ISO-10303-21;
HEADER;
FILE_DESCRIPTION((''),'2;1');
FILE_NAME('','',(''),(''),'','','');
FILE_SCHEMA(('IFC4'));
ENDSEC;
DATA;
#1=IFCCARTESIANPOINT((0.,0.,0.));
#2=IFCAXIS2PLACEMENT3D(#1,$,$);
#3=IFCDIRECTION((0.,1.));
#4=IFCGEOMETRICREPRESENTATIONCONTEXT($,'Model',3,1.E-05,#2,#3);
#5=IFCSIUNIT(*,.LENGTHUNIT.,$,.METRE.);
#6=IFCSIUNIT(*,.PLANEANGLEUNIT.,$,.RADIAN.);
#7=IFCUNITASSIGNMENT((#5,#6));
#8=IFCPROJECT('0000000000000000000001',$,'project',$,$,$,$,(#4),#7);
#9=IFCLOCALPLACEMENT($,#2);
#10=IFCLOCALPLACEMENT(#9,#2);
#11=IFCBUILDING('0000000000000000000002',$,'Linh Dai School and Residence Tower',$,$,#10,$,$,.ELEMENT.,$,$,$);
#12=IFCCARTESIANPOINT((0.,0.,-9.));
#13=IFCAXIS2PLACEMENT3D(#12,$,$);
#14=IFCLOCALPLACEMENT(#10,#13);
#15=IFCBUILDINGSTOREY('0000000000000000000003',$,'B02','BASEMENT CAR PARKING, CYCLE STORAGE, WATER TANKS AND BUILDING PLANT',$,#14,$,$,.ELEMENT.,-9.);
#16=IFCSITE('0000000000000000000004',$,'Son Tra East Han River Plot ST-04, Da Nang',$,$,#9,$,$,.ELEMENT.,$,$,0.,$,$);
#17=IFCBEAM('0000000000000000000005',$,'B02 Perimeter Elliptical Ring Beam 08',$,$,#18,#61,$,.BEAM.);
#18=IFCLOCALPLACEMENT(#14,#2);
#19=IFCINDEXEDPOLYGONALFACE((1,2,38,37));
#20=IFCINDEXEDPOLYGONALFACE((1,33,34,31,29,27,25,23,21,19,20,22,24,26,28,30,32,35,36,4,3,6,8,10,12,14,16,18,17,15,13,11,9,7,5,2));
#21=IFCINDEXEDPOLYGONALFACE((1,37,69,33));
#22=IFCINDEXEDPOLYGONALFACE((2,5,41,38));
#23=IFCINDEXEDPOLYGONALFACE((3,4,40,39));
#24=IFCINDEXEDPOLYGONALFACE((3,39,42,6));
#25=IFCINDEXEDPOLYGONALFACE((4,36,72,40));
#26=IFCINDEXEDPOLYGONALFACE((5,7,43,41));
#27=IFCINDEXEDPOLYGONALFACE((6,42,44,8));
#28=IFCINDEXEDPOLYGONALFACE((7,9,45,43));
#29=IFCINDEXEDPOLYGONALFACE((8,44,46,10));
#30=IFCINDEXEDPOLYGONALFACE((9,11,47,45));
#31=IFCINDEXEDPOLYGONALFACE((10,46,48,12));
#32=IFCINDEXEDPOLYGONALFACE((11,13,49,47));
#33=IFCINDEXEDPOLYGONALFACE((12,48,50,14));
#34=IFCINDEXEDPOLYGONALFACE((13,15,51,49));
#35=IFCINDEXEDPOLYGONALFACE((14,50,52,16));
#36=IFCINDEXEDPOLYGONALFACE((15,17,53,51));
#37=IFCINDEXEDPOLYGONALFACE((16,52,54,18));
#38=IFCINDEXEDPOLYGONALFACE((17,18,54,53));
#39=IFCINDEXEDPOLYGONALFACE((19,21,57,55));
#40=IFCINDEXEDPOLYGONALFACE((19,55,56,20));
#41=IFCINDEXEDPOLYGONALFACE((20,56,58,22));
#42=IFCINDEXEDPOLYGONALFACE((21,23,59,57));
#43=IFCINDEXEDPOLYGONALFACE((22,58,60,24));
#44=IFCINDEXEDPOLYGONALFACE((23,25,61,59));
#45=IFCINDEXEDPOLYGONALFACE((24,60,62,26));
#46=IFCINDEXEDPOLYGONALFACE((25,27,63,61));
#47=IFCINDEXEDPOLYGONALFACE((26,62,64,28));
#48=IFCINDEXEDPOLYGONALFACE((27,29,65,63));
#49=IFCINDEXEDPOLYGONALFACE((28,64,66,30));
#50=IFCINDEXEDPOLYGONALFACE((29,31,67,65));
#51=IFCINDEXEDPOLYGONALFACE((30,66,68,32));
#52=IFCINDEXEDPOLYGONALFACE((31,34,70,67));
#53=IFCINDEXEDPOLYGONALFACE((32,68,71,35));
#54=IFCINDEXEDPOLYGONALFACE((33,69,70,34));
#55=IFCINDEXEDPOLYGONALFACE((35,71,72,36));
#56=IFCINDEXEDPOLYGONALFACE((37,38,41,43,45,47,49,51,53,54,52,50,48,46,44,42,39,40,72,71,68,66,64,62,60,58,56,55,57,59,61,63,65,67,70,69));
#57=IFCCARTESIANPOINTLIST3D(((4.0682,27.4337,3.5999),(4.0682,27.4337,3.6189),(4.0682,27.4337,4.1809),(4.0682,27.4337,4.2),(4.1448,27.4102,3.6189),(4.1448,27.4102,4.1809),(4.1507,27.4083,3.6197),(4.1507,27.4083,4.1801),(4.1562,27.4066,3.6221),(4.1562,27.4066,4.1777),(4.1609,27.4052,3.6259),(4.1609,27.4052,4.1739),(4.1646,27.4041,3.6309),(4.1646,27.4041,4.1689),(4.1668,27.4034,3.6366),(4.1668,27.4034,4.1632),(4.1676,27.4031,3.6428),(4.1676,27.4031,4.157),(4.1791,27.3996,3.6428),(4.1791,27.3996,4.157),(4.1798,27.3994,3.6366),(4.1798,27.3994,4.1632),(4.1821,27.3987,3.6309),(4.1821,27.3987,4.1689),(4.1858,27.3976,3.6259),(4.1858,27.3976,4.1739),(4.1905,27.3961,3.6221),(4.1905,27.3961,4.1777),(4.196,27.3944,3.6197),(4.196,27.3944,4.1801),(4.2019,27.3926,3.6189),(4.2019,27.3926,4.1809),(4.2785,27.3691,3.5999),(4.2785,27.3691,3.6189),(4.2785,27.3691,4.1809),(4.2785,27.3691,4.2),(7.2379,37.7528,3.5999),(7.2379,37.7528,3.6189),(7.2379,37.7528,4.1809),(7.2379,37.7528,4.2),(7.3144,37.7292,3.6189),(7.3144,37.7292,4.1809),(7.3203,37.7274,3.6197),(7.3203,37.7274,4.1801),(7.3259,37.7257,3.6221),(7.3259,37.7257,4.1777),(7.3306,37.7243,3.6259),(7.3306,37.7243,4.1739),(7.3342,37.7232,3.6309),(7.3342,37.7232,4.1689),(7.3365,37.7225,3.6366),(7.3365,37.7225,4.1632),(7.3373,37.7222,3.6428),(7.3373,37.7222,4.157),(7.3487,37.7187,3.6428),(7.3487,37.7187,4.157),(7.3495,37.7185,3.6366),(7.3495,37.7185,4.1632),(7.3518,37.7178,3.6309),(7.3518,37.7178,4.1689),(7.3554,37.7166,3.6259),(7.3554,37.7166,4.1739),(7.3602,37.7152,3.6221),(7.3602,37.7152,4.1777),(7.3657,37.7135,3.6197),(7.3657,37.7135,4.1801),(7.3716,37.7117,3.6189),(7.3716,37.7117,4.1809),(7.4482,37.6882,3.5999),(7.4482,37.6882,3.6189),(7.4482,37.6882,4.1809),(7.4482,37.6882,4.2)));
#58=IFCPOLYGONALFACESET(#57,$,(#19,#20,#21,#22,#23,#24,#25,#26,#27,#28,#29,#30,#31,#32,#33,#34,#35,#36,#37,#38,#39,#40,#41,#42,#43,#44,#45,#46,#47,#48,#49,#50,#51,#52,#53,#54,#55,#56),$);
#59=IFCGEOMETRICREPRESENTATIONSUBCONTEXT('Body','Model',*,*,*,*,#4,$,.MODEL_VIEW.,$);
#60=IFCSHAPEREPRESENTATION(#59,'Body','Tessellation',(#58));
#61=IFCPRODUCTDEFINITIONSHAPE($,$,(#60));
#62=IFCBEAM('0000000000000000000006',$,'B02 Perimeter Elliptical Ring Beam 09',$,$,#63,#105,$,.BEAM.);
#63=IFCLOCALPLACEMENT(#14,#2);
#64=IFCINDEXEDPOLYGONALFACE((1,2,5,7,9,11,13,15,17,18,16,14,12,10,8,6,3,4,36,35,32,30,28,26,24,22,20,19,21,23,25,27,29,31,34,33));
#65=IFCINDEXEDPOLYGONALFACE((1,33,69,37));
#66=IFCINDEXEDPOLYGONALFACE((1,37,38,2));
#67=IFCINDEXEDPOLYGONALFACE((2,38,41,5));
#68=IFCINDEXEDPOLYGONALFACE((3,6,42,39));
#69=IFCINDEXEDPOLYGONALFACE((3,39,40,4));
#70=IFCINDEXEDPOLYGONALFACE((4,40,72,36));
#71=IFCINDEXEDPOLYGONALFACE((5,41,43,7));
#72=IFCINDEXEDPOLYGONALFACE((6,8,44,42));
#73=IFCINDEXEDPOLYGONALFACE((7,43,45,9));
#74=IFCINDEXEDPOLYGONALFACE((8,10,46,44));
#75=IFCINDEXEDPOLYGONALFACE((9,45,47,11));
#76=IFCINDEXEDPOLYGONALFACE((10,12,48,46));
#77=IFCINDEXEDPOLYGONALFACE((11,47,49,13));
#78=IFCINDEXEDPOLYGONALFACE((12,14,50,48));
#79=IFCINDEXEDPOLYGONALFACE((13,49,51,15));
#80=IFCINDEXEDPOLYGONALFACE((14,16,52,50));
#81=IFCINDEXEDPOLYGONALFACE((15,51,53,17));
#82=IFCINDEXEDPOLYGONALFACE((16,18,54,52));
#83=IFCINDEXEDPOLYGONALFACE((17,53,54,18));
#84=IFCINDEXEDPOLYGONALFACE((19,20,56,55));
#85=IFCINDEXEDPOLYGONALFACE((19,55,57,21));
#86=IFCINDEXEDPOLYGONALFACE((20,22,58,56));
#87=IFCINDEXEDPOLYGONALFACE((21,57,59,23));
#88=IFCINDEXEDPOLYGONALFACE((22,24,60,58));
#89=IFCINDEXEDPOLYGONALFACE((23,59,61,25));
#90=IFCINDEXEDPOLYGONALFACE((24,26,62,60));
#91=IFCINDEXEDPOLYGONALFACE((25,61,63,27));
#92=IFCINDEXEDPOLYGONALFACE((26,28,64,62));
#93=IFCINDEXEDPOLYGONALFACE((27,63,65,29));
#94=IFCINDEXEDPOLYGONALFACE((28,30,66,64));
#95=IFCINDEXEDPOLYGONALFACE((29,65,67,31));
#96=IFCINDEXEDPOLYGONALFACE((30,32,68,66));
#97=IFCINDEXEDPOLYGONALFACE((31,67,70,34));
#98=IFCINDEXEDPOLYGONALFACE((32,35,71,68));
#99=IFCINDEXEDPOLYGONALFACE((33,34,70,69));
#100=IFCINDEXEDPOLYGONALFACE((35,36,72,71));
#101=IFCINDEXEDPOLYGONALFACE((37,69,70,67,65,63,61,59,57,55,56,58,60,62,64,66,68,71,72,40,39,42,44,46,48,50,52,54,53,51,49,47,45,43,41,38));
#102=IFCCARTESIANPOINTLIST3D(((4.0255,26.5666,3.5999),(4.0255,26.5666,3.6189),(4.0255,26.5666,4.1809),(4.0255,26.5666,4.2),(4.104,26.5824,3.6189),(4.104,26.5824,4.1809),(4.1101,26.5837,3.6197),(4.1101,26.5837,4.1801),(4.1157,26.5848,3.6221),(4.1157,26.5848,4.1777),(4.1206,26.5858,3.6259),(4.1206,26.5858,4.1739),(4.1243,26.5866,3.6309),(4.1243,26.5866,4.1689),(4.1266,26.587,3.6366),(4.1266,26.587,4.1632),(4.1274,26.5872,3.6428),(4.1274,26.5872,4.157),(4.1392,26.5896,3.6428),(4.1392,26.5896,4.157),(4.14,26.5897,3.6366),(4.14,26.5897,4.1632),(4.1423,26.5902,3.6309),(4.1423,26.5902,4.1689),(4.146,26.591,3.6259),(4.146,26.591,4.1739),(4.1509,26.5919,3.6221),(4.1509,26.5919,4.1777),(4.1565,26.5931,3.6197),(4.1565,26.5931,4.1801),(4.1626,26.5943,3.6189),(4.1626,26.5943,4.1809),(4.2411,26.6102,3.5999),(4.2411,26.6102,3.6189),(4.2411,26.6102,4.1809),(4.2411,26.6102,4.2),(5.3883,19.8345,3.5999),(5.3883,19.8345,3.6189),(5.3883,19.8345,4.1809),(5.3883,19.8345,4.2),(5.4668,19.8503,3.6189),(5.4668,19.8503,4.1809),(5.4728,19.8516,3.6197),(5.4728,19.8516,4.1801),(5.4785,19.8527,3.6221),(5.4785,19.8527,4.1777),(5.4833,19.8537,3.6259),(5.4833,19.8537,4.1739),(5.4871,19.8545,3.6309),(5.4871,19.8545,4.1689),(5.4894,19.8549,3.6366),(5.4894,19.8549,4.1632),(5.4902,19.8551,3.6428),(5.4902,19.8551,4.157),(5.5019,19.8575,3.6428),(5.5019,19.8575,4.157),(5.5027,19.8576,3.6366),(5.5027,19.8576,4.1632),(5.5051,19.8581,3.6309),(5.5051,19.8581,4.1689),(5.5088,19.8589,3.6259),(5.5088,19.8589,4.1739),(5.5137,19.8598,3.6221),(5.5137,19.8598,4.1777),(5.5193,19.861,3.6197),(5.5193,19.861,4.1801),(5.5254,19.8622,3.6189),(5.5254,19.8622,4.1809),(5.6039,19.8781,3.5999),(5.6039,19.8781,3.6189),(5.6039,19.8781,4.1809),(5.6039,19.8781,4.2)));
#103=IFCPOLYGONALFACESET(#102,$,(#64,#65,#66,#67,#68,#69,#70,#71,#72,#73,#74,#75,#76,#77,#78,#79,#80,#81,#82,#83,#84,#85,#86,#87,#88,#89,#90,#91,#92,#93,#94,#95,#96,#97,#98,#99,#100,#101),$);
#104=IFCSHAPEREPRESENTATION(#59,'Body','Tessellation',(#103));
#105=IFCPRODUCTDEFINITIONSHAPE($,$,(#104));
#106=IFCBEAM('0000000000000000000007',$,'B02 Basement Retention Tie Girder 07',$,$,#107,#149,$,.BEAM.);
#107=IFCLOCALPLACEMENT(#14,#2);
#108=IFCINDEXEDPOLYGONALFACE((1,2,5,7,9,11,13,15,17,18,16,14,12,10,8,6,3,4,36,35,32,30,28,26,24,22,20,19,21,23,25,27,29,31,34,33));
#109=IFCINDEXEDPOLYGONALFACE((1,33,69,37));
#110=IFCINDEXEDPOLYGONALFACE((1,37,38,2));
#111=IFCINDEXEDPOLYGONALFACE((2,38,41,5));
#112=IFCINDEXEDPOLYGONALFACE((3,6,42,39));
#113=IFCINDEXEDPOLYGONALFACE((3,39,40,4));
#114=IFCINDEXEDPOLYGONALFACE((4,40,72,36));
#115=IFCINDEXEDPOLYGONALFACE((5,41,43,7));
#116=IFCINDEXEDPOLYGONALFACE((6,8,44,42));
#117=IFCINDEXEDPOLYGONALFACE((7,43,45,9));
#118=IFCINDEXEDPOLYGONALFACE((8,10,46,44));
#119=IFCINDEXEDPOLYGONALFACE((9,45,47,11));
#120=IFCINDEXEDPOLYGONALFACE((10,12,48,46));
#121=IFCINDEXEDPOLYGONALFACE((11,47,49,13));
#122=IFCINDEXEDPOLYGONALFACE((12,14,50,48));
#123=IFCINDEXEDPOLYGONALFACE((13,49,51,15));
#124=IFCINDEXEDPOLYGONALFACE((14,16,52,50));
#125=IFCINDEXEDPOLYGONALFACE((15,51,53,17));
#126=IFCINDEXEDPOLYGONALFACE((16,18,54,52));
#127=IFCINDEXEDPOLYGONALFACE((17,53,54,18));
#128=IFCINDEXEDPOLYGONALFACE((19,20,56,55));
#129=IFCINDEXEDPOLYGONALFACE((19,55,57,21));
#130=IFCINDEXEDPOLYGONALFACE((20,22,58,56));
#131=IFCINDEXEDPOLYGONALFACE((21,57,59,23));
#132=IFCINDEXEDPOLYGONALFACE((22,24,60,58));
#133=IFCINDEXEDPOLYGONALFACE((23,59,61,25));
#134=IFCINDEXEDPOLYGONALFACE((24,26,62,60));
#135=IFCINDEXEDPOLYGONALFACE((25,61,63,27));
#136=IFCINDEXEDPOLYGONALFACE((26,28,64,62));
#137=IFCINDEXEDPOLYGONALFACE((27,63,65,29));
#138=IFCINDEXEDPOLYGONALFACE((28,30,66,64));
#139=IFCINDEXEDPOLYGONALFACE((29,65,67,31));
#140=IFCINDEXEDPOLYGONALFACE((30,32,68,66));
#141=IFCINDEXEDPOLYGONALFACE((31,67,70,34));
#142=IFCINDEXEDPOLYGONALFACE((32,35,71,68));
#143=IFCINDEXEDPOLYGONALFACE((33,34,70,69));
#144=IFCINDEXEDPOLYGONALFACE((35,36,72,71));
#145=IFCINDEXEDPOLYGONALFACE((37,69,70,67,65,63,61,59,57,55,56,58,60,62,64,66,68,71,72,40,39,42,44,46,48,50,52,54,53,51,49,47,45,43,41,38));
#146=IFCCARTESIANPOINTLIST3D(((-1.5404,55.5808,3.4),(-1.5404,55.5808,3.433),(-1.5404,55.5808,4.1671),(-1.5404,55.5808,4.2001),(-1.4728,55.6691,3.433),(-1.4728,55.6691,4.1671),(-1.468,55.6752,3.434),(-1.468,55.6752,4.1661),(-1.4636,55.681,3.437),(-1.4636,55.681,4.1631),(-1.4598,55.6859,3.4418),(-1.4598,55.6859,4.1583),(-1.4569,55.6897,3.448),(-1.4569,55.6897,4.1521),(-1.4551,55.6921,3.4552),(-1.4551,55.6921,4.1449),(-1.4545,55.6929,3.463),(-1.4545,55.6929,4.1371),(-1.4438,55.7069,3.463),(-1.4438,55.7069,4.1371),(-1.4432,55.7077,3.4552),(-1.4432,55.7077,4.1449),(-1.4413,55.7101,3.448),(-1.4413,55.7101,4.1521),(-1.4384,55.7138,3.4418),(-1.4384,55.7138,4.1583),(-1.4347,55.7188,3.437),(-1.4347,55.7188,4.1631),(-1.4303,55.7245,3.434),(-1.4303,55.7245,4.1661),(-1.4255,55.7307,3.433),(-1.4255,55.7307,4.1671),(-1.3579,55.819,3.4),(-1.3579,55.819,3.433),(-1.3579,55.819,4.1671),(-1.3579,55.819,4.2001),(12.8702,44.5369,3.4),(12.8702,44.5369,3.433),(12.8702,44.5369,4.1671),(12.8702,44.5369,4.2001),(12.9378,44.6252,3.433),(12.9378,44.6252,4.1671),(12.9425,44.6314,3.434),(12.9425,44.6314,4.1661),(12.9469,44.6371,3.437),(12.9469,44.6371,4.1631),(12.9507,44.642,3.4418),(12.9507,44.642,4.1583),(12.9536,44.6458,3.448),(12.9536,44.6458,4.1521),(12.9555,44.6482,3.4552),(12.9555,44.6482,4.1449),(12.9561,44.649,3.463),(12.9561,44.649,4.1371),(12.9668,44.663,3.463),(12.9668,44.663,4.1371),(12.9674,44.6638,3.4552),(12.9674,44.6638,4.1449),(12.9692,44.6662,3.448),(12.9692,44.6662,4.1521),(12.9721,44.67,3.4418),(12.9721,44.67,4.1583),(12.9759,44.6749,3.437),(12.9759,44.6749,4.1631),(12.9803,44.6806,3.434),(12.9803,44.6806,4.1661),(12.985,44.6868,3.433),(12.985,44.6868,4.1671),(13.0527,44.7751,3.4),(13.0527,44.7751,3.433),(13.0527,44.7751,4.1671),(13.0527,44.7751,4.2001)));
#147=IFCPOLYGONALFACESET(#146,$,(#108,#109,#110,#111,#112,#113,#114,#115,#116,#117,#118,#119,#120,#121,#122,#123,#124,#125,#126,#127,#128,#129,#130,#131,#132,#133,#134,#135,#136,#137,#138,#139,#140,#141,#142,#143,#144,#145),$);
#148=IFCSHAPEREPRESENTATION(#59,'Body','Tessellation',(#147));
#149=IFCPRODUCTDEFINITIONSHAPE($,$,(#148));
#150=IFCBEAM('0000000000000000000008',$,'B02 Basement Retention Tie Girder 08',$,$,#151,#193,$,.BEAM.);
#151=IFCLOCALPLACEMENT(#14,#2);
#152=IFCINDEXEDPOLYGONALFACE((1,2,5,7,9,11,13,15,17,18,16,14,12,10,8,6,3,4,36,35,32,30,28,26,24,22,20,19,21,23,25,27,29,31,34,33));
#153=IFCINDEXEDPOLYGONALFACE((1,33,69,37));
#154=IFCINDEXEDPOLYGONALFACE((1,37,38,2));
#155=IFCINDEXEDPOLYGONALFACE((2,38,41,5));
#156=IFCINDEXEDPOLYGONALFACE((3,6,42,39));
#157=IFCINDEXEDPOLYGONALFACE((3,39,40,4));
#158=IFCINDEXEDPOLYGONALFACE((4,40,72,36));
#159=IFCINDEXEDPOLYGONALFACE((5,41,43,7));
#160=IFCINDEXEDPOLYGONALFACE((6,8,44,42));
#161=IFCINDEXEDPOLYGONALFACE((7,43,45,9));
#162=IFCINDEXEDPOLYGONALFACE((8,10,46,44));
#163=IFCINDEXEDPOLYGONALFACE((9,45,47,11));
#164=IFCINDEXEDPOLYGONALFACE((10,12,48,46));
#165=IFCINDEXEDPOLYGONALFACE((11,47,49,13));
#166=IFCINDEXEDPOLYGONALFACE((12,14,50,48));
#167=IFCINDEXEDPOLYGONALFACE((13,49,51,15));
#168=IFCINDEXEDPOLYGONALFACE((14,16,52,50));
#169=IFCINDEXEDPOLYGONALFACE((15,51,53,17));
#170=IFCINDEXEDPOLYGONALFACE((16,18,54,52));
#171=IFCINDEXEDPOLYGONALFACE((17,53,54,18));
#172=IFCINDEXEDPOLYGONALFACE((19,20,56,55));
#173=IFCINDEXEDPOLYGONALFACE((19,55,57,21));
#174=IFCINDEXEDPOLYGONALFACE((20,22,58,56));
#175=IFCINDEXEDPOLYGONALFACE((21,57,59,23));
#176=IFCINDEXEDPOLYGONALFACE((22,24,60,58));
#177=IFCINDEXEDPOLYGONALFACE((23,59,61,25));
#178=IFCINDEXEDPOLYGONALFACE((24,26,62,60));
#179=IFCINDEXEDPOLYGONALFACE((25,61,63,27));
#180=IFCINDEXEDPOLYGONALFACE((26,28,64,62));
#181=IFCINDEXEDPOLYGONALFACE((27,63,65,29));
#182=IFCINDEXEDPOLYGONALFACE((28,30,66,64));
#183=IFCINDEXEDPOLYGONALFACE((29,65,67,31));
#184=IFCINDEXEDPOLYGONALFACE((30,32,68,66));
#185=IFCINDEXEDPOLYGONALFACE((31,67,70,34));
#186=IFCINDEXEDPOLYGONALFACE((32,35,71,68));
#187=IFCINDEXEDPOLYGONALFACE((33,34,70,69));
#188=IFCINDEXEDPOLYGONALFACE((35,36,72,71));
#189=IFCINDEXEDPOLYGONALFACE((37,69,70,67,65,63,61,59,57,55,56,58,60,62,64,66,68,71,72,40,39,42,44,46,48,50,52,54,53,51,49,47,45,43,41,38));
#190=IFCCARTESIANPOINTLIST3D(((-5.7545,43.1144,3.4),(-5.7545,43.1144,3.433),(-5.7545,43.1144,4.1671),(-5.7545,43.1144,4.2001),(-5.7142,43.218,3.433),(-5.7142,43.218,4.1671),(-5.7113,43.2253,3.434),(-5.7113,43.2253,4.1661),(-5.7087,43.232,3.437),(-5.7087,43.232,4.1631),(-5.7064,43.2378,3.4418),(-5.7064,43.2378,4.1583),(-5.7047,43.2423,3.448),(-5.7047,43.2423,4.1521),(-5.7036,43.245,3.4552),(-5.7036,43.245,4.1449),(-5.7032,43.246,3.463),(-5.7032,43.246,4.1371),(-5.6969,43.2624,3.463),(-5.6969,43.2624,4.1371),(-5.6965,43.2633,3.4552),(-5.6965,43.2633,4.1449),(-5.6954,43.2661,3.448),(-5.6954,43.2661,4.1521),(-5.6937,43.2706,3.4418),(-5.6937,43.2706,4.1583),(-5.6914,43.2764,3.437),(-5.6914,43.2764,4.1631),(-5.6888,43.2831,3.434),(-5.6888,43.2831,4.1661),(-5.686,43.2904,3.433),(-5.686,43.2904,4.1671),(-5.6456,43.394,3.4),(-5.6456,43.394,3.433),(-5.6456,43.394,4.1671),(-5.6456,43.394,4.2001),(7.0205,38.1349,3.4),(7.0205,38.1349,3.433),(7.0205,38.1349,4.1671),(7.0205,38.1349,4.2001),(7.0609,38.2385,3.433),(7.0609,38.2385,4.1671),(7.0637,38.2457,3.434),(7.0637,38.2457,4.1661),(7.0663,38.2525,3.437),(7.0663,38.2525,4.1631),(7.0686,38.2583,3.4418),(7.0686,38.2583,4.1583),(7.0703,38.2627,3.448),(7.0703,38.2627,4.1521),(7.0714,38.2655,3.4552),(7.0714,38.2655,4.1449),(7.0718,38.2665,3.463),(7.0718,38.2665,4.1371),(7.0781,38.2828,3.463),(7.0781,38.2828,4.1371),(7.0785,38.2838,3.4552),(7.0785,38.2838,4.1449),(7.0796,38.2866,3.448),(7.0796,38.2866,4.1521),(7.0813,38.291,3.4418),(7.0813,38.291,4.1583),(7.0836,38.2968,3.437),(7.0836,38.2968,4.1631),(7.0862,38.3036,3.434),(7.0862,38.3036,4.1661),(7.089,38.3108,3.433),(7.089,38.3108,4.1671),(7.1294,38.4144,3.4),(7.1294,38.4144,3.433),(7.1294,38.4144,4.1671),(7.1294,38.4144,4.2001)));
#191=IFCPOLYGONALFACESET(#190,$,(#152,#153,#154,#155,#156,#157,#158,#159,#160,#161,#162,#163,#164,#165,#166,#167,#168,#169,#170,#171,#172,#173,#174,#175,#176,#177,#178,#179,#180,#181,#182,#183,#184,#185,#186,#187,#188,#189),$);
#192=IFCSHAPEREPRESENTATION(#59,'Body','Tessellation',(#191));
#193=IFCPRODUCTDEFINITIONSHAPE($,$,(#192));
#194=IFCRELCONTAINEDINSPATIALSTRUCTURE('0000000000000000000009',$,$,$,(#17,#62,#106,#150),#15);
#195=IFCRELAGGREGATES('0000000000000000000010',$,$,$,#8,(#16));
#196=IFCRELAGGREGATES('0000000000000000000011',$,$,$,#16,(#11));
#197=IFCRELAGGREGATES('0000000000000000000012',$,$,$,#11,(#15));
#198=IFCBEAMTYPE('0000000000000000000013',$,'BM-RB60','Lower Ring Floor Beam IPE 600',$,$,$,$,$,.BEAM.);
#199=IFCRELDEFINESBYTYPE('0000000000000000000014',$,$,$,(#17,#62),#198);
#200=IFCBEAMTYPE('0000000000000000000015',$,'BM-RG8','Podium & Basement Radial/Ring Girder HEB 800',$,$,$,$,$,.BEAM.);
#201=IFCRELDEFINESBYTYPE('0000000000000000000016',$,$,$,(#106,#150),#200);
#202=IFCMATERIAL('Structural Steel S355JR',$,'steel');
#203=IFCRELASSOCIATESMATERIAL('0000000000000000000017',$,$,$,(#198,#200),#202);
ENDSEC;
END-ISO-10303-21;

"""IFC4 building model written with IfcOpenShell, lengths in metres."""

from ifc_helpers import new_model, si_unit, direction, frame, origin, origin_2d, place, context, subcontext, project, spatial, i_section, extrude, material, material_profile, profile_set, type_object, element, save


model = new_model("IFC4")

# Units and contexts
model_context = context("Model", 3, precision=1e-05, world=origin(), true_north=direction((0.0, 1.0)))
body_context = subcontext(model_context, "Body", "Model", "MODEL_VIEW")
ifc_project = project(units=[si_unit("LENGTHUNIT", "METRE"), si_unit("PLANEANGLEUNIT", "RADIAN")], contexts=[model_context])

# Site, building, storey
site_placement = place(None, origin())
site = spatial("IfcSite", under=ifc_project, at=site_placement, Name="Son Tra East Han River Plot ST-04, Da Nang", CompositionType="ELEMENT", RefElevation=0.0)
building_placement = place(site_placement, origin())
building = spatial("IfcBuilding", under=site, at=building_placement, Name="Linh Dai School and Residence Tower", CompositionType="ELEMENT")
storey_placement = place(building_placement, frame((0.0, 0.0, -9.0)))
storey = spatial("IfcBuildingStorey", under=building, at=storey_placement, Name="B02", Description="BASEMENT CAR PARKING, CYCLE STORAGE, WATER TANKS AND BUILDING PLANT", CompositionType="ELEMENT", Elevation=-9.0)

# Shared definitions
ifc_material_1 = material(Name="Structural Steel S355JR", Category="steel")

# Beams
ifc_material_profile_1 = material_profile(ifc_material_1, i_section(OverallWidth=0.22, OverallDepth=0.6001, WebThickness=0.012, FlangeThickness=0.019, FilletRadius=0.0239, at=origin_2d()), Name="IPE 600")
ifc_profile_set_1 = profile_set([ifc_material_profile_1], Name="Structural Steel S355JR")
beam_type_1 = type_object("IfcBeamType", Name="BM-RB60", Description="Lower Ring Floor Beam IPE 600", PredefinedType="BEAM", material=ifc_profile_set_1)
beam_1_placement = place(storey_placement, frame((7.343, 37.7205, 3.8999), z_axis=(-0.293627, -0.95592, 0.0), x_axis=(0.95592, -0.293627, 0.0)))
element("IfcBeam", 1, at=beam_1_placement, inside=storey, type_object=beam_type_1, Name="B02 Perimeter Elliptical Ring Beam 08", PredefinedType="BEAM", context=body_context, shape_type="SweptSolid", body=[
    extrude(i_section(OverallWidth=0.22, OverallDepth=0.6001, WebThickness=0.012, FlangeThickness=0.019, FilletRadius=0.0239, at=origin_2d()), origin(), (0.0, 0.0, 1.0), 10.7949),
])
beam_2_placement = place(storey_placement, frame((4.1333, 26.5884, 3.8999), z_axis=(0.198405, -0.98012, 0.0), x_axis=(0.98012, 0.198405, 0.0)))
element("IfcBeam", 2, at=beam_2_placement, inside=storey, type_object=beam_type_1, Name="B02 Perimeter Elliptical Ring Beam 09", PredefinedType="BEAM", context=body_context, shape_type="SweptSolid", body=[
    extrude(i_section(OverallWidth=0.22, OverallDepth=0.6001, WebThickness=0.012, FlangeThickness=0.019, FilletRadius=0.0239, at=origin_2d()), origin(), (0.0, 0.0, 1.0), 6.8687),
])
ifc_material_profile_2 = material_profile(ifc_material_1, i_section(OverallWidth=0.3, OverallDepth=0.8, WebThickness=0.0176, FlangeThickness=0.033, FilletRadius=0.03, at=origin_2d()), Name="HEB 800")
ifc_profile_set_2 = profile_set([ifc_material_profile_2], Name="Structural Steel S355JR")
beam_type_2 = type_object("IfcBeamType", Name="BM-RG8", Description="Podium & Basement Radial/Ring Girder HEB 800", PredefinedType="BEAM", material=ifc_profile_set_2)
beam_3_placement = place(storey_placement, frame((12.9614, 44.656, 3.8), z_axis=(-0.793718, 0.608285, 0.0), x_axis=(-0.608285, -0.793718, 0.0)))
element("IfcBeam", 3, at=beam_3_placement, inside=storey, type_object=beam_type_2, Name="B02 Basement Retention Tie Girder 07", PredefinedType="BEAM", context=body_context, shape_type="SweptSolid", body=[
    extrude(i_section(OverallWidth=0.3, OverallDepth=0.8, WebThickness=0.0176, FlangeThickness=0.033, FilletRadius=0.03, at=origin_2d()), origin(), (0.0, 0.0, 1.0), 18.1558),
])
beam_4_placement = place(storey_placement, frame((7.075, 38.2747, 3.8), z_axis=(-0.931722, 0.363173, 0.0), x_axis=(-0.363173, -0.931722, 0.0)))
element("IfcBeam", 4, at=beam_4_placement, inside=storey, type_object=beam_type_2, Name="B02 Basement Retention Tie Girder 08", PredefinedType="BEAM", context=body_context, shape_type="SweptSolid", body=[
    extrude(i_section(OverallWidth=0.3, OverallDepth=0.8, WebThickness=0.0176, FlangeThickness=0.033, FilletRadius=0.03, at=origin_2d()), origin(), (0.0, 0.0, 1.0), 13.7112),
])

save(model, "model.ifc")
